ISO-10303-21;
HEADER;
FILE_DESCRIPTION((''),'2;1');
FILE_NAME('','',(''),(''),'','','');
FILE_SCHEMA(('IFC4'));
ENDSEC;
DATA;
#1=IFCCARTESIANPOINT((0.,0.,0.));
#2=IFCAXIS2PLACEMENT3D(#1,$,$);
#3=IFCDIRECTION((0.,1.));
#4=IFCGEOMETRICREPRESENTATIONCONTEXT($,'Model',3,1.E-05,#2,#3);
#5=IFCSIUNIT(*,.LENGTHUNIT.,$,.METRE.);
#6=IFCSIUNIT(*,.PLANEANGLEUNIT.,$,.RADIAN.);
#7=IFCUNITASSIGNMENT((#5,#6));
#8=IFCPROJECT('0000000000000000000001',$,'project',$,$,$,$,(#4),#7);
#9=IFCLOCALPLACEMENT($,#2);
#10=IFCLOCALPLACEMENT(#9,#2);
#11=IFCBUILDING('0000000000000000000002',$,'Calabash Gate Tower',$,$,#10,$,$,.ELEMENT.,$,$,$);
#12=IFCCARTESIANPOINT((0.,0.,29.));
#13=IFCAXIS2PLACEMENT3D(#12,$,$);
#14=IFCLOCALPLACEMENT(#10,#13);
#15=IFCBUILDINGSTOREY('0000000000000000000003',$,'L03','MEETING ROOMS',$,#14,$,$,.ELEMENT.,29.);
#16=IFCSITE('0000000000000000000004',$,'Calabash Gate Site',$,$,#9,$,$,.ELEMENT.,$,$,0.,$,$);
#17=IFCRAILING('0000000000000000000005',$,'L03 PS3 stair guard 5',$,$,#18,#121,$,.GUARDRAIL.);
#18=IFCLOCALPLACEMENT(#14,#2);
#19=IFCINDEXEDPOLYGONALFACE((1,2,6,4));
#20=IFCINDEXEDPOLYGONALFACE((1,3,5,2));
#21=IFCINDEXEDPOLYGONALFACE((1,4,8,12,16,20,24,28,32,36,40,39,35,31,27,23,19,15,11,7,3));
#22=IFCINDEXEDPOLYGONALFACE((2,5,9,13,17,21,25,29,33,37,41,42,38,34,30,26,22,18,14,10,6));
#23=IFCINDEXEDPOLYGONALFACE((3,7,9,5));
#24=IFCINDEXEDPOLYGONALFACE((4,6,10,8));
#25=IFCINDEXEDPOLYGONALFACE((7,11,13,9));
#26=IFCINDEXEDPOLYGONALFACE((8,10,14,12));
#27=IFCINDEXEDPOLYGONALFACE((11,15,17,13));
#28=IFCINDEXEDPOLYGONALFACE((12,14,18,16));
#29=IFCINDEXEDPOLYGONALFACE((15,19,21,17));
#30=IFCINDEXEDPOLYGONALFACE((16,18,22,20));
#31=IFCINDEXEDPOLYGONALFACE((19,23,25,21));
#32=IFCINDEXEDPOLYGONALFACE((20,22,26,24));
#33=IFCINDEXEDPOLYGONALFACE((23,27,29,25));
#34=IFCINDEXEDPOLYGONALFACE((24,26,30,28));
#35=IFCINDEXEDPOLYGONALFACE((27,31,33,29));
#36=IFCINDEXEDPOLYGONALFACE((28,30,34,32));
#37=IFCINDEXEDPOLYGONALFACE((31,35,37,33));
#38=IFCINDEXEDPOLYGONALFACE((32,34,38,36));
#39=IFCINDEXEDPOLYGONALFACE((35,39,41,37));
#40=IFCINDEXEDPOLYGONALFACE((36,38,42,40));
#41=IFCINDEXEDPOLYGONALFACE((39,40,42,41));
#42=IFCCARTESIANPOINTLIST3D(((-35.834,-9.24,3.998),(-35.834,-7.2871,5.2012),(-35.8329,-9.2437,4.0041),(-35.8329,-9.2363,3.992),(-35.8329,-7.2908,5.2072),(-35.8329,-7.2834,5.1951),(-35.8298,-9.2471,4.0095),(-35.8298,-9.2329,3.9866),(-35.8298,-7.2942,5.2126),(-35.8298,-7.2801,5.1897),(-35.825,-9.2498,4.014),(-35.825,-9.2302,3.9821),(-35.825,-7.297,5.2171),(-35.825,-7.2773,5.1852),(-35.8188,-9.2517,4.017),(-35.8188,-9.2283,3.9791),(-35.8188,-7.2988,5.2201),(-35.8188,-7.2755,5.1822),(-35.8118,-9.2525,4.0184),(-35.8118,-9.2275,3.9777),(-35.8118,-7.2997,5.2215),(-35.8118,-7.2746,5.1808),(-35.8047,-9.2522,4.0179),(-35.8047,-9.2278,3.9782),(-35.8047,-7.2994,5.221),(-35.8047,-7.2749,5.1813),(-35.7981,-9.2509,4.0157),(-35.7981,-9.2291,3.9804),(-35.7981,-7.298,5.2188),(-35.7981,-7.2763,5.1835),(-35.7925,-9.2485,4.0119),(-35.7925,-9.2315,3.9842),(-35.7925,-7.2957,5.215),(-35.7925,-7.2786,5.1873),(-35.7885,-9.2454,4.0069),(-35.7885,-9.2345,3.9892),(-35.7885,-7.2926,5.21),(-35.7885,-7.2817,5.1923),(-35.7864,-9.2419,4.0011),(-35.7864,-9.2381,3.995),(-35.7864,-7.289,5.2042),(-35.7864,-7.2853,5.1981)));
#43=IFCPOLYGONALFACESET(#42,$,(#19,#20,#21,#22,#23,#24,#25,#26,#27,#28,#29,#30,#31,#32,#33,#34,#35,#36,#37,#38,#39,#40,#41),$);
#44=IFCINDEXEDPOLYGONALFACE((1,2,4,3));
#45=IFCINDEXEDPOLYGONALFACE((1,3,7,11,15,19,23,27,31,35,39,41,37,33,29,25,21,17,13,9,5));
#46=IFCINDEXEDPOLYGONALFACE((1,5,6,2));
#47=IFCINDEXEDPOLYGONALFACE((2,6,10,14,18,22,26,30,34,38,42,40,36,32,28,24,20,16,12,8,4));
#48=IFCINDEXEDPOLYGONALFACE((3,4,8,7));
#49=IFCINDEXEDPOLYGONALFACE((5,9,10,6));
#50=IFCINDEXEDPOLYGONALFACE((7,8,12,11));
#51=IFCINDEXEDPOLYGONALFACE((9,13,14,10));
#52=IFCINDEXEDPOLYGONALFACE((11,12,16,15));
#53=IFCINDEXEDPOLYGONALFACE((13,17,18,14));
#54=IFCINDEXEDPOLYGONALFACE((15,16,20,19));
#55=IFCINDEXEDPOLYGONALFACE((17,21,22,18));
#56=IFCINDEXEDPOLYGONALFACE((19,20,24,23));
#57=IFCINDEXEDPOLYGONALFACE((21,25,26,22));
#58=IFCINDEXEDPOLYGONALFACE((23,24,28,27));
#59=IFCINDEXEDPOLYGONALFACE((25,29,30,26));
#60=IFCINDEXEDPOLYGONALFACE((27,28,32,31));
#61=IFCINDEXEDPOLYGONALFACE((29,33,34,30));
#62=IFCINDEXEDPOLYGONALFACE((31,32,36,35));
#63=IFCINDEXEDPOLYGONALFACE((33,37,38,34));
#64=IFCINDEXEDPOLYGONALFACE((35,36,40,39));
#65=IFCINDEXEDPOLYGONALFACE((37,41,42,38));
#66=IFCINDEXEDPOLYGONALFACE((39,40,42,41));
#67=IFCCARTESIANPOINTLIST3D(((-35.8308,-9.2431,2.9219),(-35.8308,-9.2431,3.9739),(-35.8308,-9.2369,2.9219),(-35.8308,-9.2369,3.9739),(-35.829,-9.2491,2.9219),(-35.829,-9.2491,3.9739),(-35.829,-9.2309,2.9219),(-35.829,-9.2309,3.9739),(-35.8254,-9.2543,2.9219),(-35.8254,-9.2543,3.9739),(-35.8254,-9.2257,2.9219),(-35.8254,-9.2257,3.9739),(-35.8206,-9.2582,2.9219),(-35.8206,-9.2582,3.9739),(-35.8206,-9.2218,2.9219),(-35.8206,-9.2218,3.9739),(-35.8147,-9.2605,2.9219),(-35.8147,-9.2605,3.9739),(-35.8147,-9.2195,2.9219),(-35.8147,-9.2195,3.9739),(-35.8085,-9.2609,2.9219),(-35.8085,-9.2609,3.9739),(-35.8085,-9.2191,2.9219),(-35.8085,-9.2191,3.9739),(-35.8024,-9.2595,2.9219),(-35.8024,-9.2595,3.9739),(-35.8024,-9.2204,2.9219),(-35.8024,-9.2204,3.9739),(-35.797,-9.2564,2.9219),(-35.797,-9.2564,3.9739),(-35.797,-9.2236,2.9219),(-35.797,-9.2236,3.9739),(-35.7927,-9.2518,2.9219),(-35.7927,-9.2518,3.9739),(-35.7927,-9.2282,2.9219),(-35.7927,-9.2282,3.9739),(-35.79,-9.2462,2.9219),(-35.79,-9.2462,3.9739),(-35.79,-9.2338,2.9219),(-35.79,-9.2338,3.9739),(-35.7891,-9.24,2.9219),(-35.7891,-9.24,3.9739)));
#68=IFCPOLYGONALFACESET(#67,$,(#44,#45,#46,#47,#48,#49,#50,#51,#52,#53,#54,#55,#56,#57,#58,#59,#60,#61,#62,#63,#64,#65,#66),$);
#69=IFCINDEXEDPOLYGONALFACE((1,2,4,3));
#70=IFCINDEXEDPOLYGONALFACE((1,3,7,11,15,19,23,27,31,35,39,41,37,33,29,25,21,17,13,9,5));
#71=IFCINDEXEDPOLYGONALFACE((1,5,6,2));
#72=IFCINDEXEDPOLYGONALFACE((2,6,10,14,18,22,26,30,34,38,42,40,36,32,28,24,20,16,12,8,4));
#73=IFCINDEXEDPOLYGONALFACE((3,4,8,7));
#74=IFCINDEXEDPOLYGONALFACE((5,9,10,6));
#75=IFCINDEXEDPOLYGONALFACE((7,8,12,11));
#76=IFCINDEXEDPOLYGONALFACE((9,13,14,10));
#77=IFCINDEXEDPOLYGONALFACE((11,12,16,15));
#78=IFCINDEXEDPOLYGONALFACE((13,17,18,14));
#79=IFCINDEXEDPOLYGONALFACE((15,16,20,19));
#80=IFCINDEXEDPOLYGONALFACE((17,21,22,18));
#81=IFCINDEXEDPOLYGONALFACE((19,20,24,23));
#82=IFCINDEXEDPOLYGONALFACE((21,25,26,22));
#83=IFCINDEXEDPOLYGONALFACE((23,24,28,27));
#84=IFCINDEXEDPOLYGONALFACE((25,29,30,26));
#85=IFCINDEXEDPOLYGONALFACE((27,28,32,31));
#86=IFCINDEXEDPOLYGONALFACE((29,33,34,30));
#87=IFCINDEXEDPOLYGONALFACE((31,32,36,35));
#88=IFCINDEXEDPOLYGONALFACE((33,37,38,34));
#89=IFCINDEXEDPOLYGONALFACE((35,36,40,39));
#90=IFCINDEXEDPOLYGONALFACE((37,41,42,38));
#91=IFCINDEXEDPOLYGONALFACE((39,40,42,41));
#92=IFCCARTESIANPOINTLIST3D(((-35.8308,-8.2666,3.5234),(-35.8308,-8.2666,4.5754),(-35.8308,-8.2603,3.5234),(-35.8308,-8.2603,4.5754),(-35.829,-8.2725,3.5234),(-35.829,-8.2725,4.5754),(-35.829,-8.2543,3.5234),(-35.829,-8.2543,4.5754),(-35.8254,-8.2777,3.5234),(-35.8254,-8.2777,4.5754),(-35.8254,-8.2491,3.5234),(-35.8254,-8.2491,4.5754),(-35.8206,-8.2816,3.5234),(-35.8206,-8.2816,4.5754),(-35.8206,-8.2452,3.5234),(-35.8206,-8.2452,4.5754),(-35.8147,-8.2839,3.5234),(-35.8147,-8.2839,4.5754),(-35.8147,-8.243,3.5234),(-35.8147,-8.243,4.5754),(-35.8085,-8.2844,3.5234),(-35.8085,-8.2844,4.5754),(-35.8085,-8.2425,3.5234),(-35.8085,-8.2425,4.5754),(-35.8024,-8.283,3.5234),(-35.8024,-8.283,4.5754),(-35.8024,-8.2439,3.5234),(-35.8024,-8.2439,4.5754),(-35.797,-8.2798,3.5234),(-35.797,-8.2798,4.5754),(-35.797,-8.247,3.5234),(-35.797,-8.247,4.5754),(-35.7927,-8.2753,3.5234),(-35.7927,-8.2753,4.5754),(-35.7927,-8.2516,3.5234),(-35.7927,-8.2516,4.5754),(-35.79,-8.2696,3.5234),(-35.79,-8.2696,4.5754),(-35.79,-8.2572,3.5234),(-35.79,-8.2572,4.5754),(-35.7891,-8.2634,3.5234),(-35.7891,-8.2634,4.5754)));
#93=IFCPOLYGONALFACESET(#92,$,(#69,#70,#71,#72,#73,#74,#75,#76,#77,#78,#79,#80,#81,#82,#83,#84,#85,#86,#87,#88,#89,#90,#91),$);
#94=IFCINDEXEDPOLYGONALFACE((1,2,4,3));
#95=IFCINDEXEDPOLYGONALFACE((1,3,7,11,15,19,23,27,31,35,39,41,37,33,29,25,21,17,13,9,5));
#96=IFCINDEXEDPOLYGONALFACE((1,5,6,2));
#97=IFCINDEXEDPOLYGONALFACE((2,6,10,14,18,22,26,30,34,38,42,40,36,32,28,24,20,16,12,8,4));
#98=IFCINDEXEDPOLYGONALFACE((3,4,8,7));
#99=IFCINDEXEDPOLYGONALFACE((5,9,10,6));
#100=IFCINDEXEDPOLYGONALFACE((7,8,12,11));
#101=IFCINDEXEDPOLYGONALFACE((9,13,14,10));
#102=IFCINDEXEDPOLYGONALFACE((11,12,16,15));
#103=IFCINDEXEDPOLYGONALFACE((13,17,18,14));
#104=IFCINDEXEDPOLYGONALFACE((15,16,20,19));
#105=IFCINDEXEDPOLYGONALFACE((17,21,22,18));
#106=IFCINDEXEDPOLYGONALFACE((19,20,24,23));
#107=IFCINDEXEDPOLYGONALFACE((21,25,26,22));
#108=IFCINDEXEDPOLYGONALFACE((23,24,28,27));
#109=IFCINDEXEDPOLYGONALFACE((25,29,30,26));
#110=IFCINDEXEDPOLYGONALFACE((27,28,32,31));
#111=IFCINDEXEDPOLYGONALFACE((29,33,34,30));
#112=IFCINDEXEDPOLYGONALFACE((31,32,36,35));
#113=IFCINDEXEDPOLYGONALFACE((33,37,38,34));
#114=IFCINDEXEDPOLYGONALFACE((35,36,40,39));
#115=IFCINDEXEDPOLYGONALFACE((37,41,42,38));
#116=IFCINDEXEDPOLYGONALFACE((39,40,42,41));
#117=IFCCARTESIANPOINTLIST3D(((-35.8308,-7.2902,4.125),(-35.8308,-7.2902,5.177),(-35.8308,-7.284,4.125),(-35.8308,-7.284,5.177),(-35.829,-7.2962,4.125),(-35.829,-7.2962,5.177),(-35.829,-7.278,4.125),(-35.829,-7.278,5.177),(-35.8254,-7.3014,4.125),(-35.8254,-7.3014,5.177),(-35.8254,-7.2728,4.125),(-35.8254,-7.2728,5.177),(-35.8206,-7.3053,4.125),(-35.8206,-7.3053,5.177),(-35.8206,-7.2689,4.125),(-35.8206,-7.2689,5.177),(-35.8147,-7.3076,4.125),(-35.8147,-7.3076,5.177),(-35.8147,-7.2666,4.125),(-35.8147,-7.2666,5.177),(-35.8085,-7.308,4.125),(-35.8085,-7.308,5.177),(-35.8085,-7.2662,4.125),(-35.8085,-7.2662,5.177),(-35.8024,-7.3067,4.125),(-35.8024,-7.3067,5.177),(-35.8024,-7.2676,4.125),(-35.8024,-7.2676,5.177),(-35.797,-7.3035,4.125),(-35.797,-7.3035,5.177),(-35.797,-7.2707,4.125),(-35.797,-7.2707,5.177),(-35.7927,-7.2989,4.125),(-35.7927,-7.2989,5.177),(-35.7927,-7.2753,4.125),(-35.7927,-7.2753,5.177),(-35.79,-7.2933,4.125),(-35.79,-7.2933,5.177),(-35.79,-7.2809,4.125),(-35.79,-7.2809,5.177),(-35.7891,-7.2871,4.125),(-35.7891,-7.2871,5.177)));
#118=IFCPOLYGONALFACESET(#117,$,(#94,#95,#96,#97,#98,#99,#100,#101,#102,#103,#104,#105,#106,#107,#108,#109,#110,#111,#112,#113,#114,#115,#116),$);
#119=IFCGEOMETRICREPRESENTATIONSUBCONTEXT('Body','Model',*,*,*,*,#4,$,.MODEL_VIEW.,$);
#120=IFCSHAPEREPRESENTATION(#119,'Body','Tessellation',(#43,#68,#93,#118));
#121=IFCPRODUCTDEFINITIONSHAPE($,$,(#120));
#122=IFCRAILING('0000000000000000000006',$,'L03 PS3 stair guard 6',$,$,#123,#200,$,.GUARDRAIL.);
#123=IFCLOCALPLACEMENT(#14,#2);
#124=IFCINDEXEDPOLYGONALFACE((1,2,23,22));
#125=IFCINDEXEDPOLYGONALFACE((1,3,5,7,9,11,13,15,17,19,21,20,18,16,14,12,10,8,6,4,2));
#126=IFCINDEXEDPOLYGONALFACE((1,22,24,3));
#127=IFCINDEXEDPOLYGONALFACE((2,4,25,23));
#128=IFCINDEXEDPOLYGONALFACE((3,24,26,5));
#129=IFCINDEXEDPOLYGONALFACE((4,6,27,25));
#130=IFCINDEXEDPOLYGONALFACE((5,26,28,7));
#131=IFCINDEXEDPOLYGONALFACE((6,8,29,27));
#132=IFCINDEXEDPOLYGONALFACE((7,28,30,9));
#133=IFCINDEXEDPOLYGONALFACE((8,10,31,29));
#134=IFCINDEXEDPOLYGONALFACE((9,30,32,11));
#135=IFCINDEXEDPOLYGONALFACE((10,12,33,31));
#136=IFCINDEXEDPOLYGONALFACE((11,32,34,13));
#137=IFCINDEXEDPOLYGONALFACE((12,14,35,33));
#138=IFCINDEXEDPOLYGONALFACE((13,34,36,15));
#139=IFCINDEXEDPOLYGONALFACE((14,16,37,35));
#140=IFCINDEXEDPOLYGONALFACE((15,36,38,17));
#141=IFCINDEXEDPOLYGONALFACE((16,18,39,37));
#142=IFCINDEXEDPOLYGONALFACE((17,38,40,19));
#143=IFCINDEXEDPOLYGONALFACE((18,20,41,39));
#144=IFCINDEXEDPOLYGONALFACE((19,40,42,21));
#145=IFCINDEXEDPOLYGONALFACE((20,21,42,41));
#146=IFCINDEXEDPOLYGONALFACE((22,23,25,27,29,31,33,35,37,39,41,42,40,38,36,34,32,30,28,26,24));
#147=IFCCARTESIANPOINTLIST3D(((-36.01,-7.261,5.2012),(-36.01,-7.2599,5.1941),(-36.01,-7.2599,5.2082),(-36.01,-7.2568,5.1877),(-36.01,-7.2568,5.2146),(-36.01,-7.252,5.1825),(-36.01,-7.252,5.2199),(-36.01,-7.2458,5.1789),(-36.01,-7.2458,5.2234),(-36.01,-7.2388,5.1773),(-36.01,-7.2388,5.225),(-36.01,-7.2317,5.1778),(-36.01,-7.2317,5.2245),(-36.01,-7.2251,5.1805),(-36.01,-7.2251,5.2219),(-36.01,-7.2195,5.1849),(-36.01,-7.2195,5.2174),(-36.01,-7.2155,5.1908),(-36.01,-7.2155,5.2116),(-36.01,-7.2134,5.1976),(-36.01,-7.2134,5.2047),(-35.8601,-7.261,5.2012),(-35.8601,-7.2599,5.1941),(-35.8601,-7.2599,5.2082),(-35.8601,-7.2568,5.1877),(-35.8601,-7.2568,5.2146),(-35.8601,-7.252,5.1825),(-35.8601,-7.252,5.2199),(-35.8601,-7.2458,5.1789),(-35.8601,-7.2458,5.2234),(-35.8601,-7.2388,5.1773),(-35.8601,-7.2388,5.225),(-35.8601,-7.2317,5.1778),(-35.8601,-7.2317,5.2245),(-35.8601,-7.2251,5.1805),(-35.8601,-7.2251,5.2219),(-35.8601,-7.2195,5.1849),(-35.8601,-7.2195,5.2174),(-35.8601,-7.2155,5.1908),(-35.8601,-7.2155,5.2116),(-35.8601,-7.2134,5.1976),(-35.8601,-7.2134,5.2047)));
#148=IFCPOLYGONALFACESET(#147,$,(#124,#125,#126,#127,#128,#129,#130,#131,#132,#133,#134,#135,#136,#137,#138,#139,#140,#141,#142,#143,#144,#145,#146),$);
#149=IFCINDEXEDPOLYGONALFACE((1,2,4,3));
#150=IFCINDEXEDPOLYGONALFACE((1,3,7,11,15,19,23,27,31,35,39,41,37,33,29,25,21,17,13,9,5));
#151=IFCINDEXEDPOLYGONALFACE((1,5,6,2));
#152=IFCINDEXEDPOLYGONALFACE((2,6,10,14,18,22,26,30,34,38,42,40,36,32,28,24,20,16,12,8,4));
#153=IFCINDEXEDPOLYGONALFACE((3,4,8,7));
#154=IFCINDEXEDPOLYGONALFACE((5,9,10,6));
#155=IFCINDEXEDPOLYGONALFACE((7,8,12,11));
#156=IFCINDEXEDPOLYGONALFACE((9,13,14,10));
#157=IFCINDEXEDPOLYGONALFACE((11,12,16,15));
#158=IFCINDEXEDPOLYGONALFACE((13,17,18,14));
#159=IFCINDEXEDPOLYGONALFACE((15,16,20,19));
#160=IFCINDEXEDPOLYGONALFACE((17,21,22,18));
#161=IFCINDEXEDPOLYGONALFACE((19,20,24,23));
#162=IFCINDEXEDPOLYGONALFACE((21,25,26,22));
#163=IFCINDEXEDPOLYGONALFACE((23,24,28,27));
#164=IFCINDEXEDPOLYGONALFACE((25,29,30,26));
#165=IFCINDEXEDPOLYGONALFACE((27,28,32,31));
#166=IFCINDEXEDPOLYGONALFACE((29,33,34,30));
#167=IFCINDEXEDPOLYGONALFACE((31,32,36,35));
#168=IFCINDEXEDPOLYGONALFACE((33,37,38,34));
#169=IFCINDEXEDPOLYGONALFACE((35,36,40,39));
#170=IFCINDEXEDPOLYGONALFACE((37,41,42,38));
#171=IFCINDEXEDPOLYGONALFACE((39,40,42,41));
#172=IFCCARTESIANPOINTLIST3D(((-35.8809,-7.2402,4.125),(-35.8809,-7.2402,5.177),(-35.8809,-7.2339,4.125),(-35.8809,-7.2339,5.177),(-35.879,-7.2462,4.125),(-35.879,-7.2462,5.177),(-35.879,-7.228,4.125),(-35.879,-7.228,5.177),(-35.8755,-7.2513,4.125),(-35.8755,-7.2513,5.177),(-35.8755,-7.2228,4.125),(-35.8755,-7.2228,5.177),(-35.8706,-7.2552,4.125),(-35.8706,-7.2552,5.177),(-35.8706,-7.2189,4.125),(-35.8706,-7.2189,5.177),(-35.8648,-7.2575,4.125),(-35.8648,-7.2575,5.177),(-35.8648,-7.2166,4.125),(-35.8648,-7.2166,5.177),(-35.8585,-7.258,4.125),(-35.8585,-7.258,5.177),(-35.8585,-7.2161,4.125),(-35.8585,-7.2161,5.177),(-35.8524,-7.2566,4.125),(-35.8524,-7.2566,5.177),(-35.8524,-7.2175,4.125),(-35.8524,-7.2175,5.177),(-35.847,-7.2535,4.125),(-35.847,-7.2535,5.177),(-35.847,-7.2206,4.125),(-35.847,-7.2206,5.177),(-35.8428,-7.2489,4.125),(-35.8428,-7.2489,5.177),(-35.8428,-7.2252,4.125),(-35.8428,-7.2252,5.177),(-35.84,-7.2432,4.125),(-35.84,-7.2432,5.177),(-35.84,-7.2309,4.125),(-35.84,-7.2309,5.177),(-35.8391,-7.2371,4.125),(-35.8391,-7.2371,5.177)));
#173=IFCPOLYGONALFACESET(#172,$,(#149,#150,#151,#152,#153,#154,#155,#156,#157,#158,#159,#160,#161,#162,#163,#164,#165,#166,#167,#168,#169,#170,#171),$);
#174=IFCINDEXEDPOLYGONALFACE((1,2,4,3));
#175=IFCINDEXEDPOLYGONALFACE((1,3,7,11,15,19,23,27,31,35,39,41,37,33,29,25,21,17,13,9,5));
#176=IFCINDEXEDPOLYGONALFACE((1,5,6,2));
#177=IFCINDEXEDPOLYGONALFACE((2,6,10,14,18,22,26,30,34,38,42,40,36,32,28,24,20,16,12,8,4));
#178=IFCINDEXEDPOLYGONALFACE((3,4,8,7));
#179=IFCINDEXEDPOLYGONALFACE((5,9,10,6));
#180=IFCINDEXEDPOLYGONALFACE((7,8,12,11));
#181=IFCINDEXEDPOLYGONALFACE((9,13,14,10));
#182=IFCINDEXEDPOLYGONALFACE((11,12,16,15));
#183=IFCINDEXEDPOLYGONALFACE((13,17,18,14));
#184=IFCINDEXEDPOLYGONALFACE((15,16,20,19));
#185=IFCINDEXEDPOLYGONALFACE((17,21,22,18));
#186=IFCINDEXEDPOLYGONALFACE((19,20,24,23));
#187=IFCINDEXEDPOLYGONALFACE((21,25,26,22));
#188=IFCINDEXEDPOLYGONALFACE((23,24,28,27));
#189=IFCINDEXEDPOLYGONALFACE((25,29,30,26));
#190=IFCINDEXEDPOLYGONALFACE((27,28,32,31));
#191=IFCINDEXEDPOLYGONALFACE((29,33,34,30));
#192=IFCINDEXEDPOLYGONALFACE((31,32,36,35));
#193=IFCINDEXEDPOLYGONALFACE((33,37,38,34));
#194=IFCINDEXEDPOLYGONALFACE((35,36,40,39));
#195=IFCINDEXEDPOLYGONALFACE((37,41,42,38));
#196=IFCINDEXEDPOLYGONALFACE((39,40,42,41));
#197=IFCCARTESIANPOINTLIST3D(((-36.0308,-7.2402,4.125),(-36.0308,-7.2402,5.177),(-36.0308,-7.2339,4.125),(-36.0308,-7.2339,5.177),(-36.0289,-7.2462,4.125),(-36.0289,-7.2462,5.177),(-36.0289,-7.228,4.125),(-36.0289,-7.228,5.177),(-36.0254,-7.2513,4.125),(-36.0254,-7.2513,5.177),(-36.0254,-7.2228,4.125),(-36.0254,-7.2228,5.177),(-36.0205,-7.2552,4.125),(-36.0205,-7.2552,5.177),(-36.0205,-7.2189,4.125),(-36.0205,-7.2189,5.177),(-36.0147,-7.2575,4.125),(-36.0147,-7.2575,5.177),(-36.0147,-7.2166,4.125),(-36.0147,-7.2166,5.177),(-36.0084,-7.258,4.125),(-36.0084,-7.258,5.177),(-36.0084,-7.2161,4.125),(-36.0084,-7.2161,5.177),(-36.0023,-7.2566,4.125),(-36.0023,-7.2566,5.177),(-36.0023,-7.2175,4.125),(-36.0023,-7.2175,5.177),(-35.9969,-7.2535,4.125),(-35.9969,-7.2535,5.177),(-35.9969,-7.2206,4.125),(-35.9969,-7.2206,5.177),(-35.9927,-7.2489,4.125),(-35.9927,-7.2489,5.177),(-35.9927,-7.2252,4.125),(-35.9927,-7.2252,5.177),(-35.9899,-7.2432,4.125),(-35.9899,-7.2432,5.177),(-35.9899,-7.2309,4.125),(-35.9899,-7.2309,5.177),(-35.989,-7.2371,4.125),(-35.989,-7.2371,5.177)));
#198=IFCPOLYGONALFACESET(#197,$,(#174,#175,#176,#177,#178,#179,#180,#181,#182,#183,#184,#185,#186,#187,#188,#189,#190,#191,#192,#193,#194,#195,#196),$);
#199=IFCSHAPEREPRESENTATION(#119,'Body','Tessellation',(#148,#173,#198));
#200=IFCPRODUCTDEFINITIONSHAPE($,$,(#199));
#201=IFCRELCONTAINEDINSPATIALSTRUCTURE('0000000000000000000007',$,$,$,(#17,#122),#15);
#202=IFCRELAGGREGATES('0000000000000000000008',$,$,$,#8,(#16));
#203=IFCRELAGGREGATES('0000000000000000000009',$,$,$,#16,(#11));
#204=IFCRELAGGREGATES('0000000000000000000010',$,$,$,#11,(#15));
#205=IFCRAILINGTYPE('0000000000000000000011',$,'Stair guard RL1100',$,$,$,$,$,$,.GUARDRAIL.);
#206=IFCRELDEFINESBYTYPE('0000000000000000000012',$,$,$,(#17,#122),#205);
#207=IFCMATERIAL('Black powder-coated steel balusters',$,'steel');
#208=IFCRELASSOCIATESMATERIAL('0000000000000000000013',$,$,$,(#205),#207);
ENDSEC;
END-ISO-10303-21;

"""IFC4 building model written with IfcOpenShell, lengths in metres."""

from ifc_helpers import new_model, si_unit, direction, frame, origin, origin_2d, place, context, subcontext, project, spatial, circle, extrude, material, type_object, element, save


model = new_model("IFC4")

# Units and contexts
model_context = context("Model", 3, precision=1e-05, world=origin(), true_north=direction((0.0, 1.0)))
body_context = subcontext(model_context, "Body", "Model", "MODEL_VIEW")
ifc_project = project(units=[si_unit("LENGTHUNIT", "METRE"), si_unit("PLANEANGLEUNIT", "RADIAN")], contexts=[model_context])

# Site, building, storey
site_placement = place(None, origin())
site = spatial("IfcSite", under=ifc_project, at=site_placement, Name="Calabash Gate Site", CompositionType="ELEMENT", RefElevation=0.0)
building_placement = place(site_placement, origin())
building = spatial("IfcBuilding", under=site, at=building_placement, Name="Calabash Gate Tower", CompositionType="ELEMENT")
storey_placement = place(building_placement, frame((0.0, 0.0, 29.0)))
storey = spatial("IfcBuildingStorey", under=building, at=storey_placement, Name="L03", Description="MEETING ROOMS", CompositionType="ELEMENT", Elevation=29.0)

# Railings
ifc_material_1 = material(Name="Black powder-coated steel balusters", Category="steel")
railing_type_1 = type_object("IfcRailingType", Name="Stair guard RL1100", PredefinedType="GUARDRAIL", material=ifc_material_1)
railing_1_placement = place(storey_placement, frame((-35.8101, -9.24, 2.9219)))
element("IfcRailing", 1, at=railing_1_placement, inside=storey, type_object=railing_type_1, Name="L03 PS3 stair guard 5", PredefinedType="GUARDRAIL", context=body_context, shape_type="SweptSolid", body=[
    extrude(circle(Radius=0.0239, at=origin_2d()), frame((0.0, 0.0, 1.0762), z_axis=(0.0, 0.851395, 0.524525), x_axis=(-1.0, 0.0, 0.0)), (0.0, 0.0, 1.0), 2.2937),
    extrude(circle(Radius=0.021, at=origin_2d()), origin(), (0.0, 0.0, 1.0), 1.052),
    extrude(circle(Radius=0.021, at=origin_2d()), frame((0.0, 0.9766, 0.6016)), (0.0, 0.0, 1.0), 1.052),
    extrude(circle(Radius=0.021, at=origin_2d()), frame((0.0, 1.9529, 1.2031)), (0.0, 0.0, 1.0), 1.052),
])
railing_2_placement = place(storey_placement, frame((-35.8601, -7.2371, 4.125)))
element("IfcRailing", 2, at=railing_2_placement, inside=storey, type_object=railing_type_1, Name="L03 PS3 stair guard 6", PredefinedType="GUARDRAIL", context=body_context, shape_type="SweptSolid", body=[
    extrude(circle(Radius=0.0239, at=origin_2d()), frame((0.0, 0.0, 1.0762), z_axis=(-1.0, 0.0, 0.0), x_axis=(0.0, -1.0, 0.0)), (0.0, 0.0, 1.0), 0.1499),
    extrude(circle(Radius=0.021, at=origin_2d()), origin(), (0.0, 0.0, 1.0), 1.052),
    extrude(circle(Radius=0.021, at=origin_2d()), frame((-0.1499, 0.0, 0.0)), (0.0, 0.0, 1.0), 1.052),
])

save(model, "model.ifc")
